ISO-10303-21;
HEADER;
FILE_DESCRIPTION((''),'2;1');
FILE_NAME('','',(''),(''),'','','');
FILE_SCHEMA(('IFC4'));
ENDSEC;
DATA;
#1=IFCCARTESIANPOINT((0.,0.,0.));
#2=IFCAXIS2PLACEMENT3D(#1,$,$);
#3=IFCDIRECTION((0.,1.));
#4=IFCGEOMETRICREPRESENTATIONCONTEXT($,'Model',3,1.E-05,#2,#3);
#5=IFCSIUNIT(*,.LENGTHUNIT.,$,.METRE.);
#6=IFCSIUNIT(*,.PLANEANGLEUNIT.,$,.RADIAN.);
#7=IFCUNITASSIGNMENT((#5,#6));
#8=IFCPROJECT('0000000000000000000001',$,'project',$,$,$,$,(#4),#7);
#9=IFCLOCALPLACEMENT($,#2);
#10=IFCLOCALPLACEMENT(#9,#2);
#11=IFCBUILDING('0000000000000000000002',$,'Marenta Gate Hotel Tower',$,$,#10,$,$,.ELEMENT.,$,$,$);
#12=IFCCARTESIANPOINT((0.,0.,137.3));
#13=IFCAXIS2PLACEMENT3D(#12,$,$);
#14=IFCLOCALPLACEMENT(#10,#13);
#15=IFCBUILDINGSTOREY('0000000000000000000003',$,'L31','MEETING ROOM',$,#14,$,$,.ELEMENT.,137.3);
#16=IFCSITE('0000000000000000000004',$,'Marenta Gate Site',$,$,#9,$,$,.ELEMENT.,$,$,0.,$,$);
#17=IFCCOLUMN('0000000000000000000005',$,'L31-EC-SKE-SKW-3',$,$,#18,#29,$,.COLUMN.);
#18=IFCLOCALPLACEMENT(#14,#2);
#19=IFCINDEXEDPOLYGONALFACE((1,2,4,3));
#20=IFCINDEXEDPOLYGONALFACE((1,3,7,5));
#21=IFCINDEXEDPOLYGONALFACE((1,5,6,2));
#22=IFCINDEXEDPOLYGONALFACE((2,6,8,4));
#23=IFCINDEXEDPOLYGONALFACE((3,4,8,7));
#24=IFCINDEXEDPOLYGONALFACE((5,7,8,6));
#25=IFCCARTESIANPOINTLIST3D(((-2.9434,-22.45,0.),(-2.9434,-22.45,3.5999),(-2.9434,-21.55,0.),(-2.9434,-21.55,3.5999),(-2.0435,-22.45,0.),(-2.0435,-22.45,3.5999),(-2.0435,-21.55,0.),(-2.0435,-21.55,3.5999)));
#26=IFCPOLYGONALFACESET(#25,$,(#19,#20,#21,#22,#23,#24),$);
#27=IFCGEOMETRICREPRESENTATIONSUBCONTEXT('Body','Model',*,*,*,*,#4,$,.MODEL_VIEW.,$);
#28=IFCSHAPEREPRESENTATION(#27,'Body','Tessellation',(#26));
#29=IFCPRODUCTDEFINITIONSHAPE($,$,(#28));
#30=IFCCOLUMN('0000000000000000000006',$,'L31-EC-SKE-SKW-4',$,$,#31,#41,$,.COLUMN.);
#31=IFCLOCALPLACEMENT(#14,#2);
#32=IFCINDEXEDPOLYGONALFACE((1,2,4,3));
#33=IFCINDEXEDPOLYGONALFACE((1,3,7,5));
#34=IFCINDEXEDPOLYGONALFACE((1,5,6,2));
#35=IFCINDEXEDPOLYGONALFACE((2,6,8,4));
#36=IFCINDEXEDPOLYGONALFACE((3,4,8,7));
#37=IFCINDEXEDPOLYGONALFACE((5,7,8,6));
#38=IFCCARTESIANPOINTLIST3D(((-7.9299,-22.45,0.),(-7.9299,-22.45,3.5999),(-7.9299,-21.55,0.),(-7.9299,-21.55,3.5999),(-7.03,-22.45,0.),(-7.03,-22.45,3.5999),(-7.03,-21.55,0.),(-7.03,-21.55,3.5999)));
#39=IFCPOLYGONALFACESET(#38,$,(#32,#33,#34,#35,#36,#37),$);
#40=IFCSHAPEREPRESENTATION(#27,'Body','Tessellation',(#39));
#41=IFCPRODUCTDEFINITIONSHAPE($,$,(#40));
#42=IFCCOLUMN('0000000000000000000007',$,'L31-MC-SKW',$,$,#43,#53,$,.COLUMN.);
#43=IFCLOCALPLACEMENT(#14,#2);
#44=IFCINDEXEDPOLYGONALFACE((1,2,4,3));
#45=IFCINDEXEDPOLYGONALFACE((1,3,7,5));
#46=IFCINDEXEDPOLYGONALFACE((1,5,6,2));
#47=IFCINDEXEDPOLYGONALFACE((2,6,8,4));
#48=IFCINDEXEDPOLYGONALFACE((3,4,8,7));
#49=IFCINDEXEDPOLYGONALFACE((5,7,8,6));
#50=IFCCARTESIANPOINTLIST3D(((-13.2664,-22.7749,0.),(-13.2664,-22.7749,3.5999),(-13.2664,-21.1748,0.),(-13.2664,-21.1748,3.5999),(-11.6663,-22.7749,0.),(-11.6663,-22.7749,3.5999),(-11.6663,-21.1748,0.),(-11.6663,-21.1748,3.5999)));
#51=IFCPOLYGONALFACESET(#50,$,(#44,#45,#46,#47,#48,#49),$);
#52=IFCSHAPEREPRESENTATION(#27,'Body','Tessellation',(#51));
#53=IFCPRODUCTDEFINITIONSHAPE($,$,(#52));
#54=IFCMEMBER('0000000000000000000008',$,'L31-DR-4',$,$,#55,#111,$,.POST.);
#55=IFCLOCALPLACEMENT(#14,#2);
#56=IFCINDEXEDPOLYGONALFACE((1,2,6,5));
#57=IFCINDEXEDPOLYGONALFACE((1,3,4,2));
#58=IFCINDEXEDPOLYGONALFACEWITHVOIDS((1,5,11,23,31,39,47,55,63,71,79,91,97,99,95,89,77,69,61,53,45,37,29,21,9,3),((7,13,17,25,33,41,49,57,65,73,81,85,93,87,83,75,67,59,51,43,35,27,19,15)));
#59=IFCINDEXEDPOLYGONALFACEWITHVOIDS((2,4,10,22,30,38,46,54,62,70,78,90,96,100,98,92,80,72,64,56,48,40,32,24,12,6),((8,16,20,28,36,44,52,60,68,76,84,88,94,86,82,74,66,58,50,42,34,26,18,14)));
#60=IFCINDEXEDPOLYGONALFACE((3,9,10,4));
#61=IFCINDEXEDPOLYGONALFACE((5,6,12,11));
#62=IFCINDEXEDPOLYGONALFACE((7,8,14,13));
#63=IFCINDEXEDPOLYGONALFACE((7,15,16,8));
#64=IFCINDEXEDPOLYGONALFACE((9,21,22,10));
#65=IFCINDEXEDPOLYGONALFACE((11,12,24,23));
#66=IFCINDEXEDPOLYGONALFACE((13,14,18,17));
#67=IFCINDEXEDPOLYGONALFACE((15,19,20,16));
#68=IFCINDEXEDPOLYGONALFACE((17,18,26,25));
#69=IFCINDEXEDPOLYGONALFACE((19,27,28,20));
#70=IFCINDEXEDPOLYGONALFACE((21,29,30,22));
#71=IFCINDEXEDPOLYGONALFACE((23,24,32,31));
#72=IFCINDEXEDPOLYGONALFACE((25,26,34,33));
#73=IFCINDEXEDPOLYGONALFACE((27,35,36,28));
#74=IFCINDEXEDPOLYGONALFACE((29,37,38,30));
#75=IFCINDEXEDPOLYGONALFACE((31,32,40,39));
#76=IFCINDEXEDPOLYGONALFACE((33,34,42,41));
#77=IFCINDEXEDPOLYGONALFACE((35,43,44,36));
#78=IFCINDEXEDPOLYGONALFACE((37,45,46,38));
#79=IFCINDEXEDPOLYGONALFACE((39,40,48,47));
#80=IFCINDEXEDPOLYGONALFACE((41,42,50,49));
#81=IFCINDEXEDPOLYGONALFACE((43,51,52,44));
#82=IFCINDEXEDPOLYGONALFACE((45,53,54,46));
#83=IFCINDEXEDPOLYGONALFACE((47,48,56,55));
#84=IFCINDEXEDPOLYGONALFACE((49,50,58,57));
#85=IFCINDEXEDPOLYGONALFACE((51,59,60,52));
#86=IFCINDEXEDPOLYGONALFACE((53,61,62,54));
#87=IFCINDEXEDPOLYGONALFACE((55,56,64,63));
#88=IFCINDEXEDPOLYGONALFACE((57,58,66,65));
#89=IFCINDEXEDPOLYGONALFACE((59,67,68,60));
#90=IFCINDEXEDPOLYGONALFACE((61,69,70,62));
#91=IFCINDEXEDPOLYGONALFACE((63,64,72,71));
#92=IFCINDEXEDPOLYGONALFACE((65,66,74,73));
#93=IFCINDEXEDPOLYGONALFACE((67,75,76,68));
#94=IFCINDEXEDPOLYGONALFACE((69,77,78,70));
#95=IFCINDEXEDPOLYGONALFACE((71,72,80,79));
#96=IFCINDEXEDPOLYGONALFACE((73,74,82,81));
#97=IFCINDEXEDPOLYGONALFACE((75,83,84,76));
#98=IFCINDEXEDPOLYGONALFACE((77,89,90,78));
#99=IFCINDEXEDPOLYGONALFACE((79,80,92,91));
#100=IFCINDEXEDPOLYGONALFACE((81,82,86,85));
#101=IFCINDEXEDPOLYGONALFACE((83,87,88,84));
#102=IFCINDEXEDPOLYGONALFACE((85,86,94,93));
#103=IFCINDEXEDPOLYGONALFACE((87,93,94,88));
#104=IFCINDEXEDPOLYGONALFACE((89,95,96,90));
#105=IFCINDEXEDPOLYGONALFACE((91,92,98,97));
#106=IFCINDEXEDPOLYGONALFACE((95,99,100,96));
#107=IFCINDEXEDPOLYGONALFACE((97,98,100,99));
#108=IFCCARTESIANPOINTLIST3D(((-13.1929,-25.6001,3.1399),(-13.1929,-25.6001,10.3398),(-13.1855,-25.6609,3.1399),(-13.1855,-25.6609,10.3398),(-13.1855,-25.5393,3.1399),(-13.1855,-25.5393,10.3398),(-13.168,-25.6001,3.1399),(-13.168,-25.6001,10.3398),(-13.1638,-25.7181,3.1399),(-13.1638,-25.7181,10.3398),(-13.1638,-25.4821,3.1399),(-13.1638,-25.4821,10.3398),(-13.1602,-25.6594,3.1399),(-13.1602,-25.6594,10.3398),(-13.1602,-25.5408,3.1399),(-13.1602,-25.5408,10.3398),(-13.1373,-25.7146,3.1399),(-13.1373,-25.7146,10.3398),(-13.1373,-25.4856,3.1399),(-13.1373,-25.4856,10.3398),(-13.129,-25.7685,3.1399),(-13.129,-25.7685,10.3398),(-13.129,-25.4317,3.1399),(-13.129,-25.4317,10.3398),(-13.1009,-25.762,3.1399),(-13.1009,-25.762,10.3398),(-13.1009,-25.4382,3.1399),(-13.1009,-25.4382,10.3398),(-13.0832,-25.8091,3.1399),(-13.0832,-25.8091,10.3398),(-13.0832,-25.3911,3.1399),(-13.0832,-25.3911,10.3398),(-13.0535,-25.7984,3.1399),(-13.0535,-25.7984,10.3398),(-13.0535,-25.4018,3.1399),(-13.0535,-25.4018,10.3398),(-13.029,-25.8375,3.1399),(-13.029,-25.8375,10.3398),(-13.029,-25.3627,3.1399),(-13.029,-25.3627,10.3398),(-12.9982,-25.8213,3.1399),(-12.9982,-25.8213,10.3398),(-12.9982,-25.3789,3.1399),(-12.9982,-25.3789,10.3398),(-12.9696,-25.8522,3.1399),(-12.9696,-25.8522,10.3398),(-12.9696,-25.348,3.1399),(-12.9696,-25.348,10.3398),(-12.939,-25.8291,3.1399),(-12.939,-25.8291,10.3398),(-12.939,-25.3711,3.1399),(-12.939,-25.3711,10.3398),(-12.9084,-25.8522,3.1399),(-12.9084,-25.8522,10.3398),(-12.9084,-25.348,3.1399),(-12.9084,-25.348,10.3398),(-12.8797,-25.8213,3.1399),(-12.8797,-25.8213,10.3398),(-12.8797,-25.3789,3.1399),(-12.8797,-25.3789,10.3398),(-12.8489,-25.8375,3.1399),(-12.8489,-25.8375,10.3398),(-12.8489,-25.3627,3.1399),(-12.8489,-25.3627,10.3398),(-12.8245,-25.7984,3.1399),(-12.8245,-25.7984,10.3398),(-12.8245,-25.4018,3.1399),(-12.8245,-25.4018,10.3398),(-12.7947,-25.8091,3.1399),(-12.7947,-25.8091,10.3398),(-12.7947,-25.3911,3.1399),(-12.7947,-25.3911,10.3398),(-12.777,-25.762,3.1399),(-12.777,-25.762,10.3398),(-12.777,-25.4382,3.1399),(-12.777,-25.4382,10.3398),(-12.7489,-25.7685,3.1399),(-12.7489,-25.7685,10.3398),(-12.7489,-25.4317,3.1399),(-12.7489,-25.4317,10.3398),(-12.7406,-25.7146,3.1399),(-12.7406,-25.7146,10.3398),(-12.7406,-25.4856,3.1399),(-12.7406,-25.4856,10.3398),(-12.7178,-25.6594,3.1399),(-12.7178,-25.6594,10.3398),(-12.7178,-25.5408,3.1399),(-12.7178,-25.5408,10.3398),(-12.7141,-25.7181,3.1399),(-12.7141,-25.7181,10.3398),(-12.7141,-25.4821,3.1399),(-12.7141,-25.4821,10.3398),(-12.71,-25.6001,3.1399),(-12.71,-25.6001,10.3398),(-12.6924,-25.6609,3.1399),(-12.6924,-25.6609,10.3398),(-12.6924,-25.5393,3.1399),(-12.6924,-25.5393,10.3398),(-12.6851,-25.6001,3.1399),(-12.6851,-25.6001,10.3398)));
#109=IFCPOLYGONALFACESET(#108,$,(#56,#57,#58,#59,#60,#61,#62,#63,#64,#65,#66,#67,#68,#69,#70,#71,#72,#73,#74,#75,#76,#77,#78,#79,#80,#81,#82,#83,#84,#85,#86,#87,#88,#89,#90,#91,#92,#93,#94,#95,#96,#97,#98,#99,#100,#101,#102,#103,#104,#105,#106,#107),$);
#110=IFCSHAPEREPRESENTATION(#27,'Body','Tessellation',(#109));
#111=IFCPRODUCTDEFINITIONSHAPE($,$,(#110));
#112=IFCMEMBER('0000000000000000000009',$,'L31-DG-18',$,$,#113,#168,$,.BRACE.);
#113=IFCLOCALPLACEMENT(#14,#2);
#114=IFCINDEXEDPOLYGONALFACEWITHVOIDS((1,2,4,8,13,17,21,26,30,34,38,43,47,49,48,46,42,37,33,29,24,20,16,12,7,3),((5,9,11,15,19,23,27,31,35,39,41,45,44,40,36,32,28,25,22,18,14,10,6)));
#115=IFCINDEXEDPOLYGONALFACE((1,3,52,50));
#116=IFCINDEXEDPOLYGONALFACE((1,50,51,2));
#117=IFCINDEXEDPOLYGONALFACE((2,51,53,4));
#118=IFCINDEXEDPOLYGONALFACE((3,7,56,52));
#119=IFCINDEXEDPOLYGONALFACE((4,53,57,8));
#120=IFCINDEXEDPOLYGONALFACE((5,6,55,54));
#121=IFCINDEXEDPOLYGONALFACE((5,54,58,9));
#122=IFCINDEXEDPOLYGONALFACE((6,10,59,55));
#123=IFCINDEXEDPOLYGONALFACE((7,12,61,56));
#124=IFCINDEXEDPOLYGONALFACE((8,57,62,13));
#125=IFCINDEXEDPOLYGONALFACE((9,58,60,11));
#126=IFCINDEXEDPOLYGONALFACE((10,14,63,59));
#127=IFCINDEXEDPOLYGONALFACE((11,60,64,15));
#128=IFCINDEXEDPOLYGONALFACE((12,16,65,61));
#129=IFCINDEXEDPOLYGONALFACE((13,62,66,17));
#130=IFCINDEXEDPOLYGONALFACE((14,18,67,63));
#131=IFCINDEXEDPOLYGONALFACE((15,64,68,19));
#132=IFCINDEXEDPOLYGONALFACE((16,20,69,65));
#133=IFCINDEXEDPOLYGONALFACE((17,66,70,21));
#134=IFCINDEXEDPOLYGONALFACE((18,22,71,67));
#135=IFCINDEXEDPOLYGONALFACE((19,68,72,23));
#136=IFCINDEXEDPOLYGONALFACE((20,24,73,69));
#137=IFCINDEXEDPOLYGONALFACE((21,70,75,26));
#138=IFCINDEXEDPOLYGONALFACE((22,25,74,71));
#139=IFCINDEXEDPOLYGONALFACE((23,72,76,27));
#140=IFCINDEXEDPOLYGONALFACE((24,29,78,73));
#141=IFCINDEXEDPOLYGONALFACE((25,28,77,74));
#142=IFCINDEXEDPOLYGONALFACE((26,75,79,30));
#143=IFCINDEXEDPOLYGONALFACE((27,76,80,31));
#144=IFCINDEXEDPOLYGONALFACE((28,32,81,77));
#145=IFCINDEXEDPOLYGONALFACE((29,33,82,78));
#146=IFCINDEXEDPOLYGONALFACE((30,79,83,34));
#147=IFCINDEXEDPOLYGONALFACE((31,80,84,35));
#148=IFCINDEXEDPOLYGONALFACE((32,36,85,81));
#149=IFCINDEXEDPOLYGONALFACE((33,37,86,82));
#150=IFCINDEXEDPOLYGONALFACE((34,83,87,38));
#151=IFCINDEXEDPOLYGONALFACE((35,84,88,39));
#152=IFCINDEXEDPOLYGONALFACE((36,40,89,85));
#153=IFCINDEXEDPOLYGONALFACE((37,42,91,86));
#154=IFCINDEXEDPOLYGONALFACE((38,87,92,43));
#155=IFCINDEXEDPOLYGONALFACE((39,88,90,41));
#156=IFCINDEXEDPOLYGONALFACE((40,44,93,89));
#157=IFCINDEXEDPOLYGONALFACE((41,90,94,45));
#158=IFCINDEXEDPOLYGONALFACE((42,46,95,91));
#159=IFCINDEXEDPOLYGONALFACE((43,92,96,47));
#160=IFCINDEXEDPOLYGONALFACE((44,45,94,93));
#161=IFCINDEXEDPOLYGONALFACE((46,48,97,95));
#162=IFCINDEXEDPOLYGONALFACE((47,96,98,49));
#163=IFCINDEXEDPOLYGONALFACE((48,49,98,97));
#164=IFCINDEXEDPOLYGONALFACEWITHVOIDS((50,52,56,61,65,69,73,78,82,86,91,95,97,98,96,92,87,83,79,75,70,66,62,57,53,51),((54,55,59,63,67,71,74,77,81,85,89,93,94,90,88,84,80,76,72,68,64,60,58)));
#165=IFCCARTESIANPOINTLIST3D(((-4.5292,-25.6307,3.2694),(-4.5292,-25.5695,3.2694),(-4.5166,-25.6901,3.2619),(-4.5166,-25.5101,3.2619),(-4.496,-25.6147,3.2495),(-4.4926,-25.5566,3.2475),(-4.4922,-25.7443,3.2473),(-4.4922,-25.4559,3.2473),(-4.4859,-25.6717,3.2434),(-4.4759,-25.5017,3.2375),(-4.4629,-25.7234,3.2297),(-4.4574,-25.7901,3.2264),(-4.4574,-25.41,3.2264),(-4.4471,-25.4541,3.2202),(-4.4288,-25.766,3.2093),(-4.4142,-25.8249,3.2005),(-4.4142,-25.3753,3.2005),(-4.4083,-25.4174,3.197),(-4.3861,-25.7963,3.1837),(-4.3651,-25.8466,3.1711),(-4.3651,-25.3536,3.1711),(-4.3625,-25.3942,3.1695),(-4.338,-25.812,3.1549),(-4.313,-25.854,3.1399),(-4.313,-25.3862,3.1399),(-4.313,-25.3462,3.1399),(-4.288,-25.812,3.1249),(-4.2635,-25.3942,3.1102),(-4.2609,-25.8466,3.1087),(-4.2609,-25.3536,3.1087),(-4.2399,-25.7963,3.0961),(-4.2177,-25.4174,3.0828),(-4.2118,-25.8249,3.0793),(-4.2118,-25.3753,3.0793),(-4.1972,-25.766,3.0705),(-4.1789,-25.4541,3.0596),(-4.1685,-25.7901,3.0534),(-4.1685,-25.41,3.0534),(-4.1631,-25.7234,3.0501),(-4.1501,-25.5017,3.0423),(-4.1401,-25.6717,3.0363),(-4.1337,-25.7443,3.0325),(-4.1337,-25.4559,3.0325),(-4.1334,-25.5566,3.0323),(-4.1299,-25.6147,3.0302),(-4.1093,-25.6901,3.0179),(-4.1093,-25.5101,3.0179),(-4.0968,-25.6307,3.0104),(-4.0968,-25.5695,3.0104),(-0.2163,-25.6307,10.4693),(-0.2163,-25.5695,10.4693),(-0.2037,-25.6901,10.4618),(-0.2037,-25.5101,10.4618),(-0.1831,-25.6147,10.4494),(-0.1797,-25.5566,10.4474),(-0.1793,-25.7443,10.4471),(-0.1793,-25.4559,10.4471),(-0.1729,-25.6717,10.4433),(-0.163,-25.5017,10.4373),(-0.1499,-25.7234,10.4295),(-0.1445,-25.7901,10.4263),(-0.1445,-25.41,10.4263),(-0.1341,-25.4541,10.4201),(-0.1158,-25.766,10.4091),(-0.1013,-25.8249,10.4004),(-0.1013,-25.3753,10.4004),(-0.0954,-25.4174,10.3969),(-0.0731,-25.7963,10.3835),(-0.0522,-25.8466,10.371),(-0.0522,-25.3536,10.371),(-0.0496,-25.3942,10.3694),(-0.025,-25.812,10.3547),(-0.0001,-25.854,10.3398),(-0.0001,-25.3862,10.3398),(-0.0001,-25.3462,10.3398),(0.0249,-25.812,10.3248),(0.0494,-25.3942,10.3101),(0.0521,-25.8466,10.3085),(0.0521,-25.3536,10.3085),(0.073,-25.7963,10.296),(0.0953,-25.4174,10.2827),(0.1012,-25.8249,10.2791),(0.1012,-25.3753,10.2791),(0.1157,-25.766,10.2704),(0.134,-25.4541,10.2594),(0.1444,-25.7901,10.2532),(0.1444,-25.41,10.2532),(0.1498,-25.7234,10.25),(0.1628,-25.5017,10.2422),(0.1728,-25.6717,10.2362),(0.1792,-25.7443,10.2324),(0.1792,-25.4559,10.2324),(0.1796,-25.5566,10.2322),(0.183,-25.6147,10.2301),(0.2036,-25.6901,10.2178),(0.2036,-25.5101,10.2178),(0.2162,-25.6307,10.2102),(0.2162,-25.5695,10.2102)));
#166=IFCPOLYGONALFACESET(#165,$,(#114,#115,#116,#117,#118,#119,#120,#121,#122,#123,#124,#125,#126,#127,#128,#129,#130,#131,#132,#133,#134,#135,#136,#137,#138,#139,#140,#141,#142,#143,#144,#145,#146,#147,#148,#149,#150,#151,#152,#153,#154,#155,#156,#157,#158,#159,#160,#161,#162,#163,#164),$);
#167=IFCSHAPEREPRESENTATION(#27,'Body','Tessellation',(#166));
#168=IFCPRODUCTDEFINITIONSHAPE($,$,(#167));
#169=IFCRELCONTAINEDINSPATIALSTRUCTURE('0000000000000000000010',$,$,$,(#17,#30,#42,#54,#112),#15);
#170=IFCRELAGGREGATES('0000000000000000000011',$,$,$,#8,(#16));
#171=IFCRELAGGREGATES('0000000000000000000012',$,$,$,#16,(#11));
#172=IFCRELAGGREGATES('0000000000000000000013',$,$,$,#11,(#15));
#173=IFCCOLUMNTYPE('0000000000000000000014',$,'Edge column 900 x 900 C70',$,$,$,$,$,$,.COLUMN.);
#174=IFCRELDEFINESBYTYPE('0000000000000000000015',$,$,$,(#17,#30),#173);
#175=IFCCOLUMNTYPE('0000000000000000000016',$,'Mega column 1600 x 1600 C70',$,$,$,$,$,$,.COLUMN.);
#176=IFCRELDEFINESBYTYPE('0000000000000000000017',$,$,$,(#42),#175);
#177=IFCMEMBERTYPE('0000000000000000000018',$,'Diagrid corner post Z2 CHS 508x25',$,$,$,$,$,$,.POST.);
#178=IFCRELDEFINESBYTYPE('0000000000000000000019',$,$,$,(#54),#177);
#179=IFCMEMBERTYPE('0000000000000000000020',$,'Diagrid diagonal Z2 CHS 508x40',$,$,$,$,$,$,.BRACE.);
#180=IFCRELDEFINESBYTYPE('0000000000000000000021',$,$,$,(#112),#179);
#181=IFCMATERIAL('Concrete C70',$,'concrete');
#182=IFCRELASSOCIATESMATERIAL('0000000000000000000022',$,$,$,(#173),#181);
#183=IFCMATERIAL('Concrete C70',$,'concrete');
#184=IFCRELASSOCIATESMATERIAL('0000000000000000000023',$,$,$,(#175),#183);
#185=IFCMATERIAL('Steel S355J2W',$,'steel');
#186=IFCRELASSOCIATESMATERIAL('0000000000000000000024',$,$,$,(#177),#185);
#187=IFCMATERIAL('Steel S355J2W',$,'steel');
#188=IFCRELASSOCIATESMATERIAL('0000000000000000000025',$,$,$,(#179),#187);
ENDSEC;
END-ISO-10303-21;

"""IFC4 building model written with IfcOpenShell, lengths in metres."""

from ifc_helpers import new_model, si_unit, direction, frame, origin, origin_2d, place, context, subcontext, project, spatial, rectangle, hollow_circle, extrude, material, material_profile, profile_set, type_object, element, save


model = new_model("IFC4")

# Units and contexts
model_context = context("Model", 3, precision=1e-05, world=origin(), true_north=direction((0.0, 1.0)))
body_context = subcontext(model_context, "Body", "Model", "MODEL_VIEW")
ifc_project = project(units=[si_unit("LENGTHUNIT", "METRE"), si_unit("PLANEANGLEUNIT", "RADIAN")], contexts=[model_context])

# Site, building, storey
site_placement = place(None, origin())
site = spatial("IfcSite", under=ifc_project, at=site_placement, Name="Marenta Gate Site", CompositionType="ELEMENT", RefElevation=0.0)
building_placement = place(site_placement, origin())
building = spatial("IfcBuilding", under=site, at=building_placement, Name="Marenta Gate Hotel Tower", CompositionType="ELEMENT")
storey_placement = place(building_placement, frame((0.0, 0.0, 137.3)))
storey = spatial("IfcBuildingStorey", under=building, at=storey_placement, Name="L31", Description="MEETING ROOM", CompositionType="ELEMENT", Elevation=137.3)

# Columns
ifc_material_1 = material(Name="Concrete C70", Category="concrete")
ifc_material_profile_1 = material_profile(ifc_material_1, rectangle(XDim=0.8999, YDim=0.8999, at=origin_2d()), Name="900 x 900")
ifc_profile_set_1 = profile_set([ifc_material_profile_1], Name="Concrete C70")
column_type_1 = type_object("IfcColumnType", Name="Edge column 900 x 900 C70", PredefinedType="COLUMN", material=ifc_profile_set_1)
for number, where, z_axis, x_axis, name in (
    (1, (-2.4934, -22.0, 0.0), (0.0, 0.0, 1.0), (1.0, 0.0, 0.0), "L31-EC-SKE-SKW-3"),
    (2, (-7.48, -22.0, 0.0), (0.0, 0.0, 1.0), (1.0, 0.0, 0.0), "L31-EC-SKE-SKW-4"),
):
    element("IfcColumn", number, at=place(storey_placement, frame(where, z_axis=z_axis, x_axis=x_axis)), inside=storey, type_object=column_type_1, Name=name, PredefinedType="COLUMN", context=body_context, shape_type="SweptSolid", body=[
        extrude(rectangle(XDim=0.8999, YDim=0.8999, at=origin_2d()), origin(), (0.0, 0.0, 1.0), 3.5999),
    ])
ifc_material_2 = material(Name="Concrete C70", Category="concrete")
ifc_material_profile_2 = material_profile(ifc_material_2, rectangle(XDim=1.6001, YDim=1.6001, at=origin_2d()), Name="1600 x 1600")
ifc_profile_set_2 = profile_set([ifc_material_profile_2], Name="Concrete C70")
column_type_2 = type_object("IfcColumnType", Name="Mega column 1600 x 1600 C70", PredefinedType="COLUMN", material=ifc_profile_set_2)
column_placement = place(storey_placement, frame((-12.4663, -21.9749, 0.0), z_axis=(0.0, 0.0, 1.0), x_axis=(1.0, 0.0, 0.0)))
element("IfcColumn", 3, at=column_placement, inside=storey, type_object=column_type_2, Name="L31-MC-SKW", PredefinedType="COLUMN", context=body_context, shape_type="SweptSolid", body=[
    extrude(rectangle(XDim=1.6001, YDim=1.6001, at=origin_2d()), origin(), (0.0, 0.0, 1.0), 3.5999),
])

# Members
ifc_material_3 = material(Name="Steel S355J2W", Category="steel")
ifc_material_profile_3 = material_profile(ifc_material_3, hollow_circle(Radius=0.2539, WallThickness=0.0249, at=origin_2d()), Name="CHS 508x25")
ifc_profile_set_3 = profile_set([ifc_material_profile_3], Name="Steel S355J2W")
member_type_1 = type_object("IfcMemberType", Name="Diagrid corner post Z2 CHS 508x25", PredefinedType="POST", material=ifc_profile_set_3)
member_1_placement = place(storey_placement, frame((-12.939, -25.6001, 3.1399), z_axis=(0.0, 0.0, 1.0), x_axis=(1.0, 0.0, 0.0)))
element("IfcMember", 4, at=member_1_placement, inside=storey, type_object=member_type_1, Name="L31-DR-4", PredefinedType="POST", context=body_context, shape_type="SweptSolid", body=[
    extrude(hollow_circle(Radius=0.2539, WallThickness=0.0249, at=origin_2d()), origin(), (0.0, 0.0, 1.0), 7.2),
])
ifc_material_4 = material(Name="Steel S355J2W", Category="steel")
ifc_material_profile_4 = material_profile(ifc_material_4, hollow_circle(Radius=0.2539, WallThickness=0.04, at=origin_2d()), Name="CHS 508x40")
ifc_profile_set_4 = profile_set([ifc_material_profile_4], Name="Steel S355J2W")
member_type_2 = type_object("IfcMemberType", Name="Diagrid diagonal Z2 CHS 508x40", PredefinedType="BRACE", material=ifc_profile_set_4)
for number, where, z_axis, x_axis, name in (
    (5, (-4.313, -25.6001, 3.1399), (0.513884, 0.0, 0.85786), (0.0, 1.0, 0.0), "L31-DG-18"),
):
    element("IfcMember", number, at=place(storey_placement, frame(where, z_axis=z_axis, x_axis=x_axis)), inside=storey, type_object=member_type_2, Name=name, PredefinedType="BRACE", context=body_context, shape_type="SweptSolid", body=[
        extrude(hollow_circle(Radius=0.2539, WallThickness=0.04, at=origin_2d()), origin(), (0.0, 0.0, 1.0), 8.3928),
    ])

save(model, "model.ifc")
